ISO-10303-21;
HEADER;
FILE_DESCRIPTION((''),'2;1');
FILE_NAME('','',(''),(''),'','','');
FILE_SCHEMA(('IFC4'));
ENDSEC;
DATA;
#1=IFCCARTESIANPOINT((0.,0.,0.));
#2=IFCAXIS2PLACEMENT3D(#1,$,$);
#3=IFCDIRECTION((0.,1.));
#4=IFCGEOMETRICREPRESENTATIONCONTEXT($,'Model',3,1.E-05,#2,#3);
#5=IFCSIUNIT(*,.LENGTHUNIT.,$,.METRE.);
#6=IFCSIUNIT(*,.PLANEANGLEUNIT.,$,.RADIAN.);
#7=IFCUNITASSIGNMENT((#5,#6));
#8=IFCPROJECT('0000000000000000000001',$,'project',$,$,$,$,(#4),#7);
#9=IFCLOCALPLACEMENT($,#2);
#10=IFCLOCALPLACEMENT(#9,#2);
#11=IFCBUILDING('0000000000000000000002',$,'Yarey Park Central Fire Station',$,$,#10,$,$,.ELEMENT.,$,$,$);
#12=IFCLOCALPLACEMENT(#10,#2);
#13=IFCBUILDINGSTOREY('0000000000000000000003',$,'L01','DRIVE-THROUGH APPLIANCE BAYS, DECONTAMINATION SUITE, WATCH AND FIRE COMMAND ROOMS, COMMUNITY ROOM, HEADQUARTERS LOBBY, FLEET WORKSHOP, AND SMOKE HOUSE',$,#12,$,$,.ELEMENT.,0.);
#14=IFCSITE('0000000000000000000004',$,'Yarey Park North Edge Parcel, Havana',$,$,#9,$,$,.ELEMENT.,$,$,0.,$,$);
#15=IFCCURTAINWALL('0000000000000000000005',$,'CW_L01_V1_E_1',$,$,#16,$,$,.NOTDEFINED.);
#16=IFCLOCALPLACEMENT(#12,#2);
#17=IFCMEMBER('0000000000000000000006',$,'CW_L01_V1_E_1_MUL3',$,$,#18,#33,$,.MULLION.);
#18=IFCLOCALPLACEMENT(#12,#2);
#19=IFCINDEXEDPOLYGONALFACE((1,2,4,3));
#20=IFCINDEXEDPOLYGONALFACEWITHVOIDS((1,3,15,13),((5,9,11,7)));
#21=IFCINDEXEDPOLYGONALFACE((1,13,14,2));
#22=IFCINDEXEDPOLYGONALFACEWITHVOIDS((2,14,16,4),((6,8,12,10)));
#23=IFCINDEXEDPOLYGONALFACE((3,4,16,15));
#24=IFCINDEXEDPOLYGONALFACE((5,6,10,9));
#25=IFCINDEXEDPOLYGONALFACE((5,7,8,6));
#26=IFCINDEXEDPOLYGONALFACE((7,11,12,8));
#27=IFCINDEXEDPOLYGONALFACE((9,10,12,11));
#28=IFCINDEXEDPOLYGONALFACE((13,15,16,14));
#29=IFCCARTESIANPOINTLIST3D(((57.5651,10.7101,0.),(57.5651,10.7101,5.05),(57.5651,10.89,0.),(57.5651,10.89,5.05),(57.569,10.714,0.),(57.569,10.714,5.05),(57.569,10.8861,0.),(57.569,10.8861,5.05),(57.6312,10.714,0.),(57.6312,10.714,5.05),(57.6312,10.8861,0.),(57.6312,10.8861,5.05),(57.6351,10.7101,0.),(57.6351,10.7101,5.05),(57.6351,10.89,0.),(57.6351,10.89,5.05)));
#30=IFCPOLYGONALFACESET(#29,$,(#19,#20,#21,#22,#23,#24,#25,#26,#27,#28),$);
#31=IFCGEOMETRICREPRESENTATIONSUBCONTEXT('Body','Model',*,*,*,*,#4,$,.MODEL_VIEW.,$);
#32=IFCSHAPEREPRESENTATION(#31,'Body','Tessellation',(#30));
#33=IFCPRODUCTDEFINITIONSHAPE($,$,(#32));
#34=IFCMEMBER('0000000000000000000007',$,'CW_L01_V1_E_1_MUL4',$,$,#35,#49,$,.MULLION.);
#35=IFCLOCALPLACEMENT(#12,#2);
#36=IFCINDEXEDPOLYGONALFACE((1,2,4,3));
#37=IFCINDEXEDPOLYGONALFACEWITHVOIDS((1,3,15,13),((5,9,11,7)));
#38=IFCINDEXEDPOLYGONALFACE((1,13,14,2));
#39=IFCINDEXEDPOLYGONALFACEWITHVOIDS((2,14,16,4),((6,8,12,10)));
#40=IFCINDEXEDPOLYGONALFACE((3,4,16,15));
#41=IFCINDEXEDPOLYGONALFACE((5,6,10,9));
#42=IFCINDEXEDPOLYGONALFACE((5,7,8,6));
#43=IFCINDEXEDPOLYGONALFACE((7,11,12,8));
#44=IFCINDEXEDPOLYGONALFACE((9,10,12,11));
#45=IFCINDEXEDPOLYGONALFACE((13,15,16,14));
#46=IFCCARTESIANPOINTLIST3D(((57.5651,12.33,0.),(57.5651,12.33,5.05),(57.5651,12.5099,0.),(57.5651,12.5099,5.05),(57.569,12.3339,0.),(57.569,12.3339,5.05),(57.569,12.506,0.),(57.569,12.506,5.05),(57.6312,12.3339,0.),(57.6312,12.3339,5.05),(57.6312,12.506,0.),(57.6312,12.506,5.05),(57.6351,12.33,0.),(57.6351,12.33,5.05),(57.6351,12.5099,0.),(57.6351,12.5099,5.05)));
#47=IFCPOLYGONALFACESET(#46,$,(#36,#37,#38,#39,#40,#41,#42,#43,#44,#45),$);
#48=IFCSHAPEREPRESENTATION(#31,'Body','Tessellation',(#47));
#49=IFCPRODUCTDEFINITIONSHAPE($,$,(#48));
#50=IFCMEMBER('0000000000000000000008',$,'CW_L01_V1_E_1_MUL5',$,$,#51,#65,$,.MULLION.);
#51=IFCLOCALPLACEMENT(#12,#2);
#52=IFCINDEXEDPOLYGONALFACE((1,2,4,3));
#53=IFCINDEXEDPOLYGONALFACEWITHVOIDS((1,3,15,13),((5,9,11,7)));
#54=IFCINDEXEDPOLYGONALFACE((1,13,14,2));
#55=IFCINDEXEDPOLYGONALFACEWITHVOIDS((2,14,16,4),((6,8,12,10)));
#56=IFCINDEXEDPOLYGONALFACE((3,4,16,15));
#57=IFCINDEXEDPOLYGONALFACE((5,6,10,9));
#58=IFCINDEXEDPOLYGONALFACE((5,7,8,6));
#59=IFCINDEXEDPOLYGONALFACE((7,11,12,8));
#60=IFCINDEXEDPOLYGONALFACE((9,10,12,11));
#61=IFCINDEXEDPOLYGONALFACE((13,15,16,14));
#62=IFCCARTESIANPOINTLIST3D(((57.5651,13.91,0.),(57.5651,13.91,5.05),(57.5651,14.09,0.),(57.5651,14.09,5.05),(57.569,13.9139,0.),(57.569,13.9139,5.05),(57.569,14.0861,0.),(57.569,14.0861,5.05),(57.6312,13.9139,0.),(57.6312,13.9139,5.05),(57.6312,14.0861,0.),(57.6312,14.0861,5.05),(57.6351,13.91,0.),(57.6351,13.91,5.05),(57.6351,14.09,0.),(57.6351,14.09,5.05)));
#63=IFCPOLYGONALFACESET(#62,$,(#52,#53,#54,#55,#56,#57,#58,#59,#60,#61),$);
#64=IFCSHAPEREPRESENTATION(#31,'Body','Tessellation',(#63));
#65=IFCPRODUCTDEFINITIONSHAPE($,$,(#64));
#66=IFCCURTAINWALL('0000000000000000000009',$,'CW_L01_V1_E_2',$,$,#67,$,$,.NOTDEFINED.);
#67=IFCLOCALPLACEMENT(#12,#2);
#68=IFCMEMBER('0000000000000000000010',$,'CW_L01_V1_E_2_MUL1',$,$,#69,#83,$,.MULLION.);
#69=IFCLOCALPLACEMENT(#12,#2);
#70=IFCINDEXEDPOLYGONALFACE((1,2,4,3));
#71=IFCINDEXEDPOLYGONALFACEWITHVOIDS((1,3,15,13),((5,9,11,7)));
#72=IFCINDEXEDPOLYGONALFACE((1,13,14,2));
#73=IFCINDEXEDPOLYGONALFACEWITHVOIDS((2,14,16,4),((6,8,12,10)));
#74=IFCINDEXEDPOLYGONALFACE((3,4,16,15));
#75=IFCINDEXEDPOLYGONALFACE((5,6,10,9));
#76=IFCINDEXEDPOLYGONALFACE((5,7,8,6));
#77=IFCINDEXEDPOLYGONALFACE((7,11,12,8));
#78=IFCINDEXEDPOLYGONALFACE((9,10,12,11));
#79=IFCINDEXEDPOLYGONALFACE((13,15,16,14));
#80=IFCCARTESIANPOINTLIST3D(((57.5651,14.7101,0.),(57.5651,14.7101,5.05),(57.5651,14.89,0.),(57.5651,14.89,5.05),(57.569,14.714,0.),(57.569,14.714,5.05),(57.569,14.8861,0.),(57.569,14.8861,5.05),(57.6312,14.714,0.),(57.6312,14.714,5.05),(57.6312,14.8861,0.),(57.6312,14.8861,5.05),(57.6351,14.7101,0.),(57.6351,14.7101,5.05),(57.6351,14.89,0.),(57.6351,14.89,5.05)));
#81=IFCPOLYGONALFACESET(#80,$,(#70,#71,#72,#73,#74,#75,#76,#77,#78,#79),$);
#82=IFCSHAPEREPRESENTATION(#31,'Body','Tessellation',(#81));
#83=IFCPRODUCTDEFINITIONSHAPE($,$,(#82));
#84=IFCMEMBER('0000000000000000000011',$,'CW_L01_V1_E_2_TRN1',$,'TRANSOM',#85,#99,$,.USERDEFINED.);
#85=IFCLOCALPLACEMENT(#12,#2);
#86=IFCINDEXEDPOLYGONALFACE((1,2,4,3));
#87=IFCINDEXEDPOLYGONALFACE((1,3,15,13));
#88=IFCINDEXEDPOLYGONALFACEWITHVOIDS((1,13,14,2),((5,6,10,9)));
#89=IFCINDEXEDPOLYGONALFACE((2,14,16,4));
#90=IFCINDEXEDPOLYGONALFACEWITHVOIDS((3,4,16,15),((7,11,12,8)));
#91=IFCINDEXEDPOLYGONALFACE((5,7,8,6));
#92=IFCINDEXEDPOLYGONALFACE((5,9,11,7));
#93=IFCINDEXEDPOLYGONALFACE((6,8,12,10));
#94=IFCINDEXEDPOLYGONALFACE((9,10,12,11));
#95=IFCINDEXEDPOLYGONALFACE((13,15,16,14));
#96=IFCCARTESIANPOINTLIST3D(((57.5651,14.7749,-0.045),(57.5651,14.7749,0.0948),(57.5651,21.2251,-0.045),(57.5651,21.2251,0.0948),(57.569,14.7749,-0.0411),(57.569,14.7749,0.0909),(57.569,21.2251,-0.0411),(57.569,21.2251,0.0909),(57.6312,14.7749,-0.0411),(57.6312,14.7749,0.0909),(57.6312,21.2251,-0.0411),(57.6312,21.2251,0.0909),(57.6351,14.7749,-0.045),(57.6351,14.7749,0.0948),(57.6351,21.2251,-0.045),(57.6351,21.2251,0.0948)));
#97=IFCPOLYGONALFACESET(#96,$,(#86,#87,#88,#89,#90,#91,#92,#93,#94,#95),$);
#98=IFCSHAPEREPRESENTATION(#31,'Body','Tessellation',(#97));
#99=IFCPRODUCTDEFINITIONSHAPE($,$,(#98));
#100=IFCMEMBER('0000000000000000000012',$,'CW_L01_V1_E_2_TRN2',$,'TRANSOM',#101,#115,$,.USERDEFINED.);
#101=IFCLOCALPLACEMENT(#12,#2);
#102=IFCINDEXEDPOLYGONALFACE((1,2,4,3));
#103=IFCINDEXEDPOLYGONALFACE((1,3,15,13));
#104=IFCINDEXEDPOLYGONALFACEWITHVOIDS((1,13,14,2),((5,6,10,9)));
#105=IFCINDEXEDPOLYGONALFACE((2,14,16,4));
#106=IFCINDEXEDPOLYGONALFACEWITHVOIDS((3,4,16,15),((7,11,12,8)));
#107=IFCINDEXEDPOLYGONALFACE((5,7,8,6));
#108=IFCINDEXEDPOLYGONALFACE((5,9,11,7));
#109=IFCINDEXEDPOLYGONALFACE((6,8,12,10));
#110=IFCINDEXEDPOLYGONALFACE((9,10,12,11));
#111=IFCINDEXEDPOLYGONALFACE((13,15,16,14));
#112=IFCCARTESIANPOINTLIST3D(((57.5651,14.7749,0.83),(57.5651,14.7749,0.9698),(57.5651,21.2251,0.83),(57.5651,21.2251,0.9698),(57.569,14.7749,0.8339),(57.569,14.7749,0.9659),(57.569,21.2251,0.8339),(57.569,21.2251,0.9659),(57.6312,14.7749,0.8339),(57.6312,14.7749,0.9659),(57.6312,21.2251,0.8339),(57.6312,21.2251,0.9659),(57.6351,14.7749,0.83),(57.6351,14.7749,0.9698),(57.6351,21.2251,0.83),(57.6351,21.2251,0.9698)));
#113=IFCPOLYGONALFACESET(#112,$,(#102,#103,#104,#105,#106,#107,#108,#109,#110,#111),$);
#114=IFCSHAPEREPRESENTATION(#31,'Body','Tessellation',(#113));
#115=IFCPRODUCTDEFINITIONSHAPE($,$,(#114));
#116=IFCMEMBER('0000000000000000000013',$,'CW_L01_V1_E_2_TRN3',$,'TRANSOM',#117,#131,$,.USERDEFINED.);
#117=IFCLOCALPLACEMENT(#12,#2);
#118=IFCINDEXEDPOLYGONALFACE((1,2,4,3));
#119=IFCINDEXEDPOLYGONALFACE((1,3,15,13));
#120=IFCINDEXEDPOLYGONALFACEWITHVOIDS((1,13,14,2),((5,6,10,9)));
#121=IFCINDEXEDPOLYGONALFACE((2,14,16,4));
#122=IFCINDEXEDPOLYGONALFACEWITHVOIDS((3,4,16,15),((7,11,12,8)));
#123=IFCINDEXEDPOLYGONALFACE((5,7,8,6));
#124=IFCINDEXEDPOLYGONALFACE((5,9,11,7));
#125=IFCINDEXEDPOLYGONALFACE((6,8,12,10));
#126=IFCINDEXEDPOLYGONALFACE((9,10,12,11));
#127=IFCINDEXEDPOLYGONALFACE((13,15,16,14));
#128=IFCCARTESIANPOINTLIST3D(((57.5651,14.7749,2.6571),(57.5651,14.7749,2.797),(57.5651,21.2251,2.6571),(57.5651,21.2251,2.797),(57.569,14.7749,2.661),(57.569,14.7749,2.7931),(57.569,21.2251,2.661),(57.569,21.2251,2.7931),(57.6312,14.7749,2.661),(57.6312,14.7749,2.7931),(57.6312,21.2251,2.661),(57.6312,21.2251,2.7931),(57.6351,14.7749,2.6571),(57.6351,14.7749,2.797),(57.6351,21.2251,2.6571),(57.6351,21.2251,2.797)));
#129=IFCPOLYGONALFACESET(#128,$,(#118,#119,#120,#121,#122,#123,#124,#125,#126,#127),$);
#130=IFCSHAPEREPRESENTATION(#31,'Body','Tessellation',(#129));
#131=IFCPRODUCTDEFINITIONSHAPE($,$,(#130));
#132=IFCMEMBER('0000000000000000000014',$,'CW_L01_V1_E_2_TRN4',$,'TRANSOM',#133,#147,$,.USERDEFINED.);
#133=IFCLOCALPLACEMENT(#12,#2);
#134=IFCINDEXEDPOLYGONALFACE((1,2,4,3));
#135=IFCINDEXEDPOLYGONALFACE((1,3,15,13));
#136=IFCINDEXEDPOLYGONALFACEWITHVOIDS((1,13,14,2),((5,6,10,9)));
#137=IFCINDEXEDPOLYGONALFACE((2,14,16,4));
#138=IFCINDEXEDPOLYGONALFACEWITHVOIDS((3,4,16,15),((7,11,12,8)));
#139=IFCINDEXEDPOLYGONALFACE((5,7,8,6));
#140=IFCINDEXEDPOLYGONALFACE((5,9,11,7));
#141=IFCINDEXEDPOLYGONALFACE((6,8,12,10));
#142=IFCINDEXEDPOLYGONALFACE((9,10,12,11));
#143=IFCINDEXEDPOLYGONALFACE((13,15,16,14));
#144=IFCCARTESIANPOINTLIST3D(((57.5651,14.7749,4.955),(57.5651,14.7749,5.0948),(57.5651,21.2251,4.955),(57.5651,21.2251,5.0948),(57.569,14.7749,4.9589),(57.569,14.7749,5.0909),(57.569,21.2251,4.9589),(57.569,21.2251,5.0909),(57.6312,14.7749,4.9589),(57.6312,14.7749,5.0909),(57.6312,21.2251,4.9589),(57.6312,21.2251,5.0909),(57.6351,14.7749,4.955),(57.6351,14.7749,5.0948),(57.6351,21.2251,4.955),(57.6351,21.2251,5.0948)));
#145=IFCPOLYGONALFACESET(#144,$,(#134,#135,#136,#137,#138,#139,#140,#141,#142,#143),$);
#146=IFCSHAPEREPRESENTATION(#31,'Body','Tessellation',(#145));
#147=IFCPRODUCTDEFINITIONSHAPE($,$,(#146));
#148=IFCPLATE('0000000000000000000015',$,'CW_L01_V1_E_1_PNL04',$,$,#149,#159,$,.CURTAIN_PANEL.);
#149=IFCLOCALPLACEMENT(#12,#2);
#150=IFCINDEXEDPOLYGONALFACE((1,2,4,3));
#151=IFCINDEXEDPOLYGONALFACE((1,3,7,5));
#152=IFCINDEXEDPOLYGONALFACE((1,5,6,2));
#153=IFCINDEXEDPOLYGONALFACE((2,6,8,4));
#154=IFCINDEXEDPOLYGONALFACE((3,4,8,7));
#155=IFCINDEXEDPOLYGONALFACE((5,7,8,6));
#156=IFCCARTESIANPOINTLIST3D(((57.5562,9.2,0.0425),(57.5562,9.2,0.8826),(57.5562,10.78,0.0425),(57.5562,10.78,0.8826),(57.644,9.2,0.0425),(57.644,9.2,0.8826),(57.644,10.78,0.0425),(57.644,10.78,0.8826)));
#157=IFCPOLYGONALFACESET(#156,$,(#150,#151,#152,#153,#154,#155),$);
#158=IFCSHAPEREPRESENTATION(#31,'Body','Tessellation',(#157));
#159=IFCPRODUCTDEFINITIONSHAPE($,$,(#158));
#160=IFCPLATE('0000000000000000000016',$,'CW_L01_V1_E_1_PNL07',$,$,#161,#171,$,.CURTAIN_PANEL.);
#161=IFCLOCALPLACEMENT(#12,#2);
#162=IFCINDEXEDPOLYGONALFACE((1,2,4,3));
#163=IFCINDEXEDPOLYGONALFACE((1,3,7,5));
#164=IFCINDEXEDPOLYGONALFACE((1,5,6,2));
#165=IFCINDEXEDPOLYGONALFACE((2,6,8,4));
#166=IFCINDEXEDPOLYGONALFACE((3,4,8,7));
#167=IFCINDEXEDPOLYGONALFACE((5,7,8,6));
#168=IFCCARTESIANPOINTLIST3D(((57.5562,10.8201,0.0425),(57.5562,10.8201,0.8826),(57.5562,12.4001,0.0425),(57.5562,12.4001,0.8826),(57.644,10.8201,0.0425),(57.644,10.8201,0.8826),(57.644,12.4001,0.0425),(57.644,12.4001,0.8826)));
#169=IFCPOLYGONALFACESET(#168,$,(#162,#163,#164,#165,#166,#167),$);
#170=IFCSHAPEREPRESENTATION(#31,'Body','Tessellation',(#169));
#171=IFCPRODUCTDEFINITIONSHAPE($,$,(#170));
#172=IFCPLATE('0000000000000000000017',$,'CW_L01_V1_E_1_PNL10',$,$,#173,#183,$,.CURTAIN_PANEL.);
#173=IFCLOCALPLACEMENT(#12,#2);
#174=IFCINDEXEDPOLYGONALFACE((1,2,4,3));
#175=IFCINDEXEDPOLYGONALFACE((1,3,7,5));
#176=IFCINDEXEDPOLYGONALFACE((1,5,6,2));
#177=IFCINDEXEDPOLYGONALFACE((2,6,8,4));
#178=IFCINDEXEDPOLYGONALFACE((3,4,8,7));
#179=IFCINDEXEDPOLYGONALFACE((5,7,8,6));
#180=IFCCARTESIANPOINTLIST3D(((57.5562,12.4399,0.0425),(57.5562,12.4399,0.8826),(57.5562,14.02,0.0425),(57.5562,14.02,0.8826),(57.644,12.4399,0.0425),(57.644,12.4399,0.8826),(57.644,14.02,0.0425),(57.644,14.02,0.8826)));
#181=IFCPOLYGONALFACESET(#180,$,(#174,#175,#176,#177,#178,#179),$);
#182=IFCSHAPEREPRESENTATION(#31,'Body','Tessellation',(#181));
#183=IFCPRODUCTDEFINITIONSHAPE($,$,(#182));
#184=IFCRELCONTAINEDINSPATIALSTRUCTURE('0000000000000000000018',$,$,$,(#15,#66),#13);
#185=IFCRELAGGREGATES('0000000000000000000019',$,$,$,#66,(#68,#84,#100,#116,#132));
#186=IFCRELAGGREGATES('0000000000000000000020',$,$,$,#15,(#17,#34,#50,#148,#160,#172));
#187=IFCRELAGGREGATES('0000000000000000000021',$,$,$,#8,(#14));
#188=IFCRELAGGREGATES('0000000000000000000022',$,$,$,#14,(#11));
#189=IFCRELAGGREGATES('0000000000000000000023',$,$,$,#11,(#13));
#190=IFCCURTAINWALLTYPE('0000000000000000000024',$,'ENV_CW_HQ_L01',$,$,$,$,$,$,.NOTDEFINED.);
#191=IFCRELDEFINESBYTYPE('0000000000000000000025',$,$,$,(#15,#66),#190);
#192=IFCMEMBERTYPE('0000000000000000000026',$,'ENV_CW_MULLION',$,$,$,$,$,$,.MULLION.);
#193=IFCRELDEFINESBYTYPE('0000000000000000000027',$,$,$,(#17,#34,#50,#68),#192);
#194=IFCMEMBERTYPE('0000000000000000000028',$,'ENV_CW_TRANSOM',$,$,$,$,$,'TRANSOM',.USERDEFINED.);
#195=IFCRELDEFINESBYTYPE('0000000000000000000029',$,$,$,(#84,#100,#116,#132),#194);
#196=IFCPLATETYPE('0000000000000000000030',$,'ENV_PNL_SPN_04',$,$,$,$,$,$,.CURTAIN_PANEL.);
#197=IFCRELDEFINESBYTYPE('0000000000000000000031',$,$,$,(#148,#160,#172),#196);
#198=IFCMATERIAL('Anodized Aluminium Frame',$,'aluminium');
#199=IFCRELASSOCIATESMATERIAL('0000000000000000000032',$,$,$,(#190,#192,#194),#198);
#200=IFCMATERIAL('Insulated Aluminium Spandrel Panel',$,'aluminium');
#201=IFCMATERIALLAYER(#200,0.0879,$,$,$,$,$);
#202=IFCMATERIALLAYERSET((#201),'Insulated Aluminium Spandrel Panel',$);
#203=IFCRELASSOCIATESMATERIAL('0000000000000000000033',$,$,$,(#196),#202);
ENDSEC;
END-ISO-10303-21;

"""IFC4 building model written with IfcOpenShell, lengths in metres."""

from ifc_helpers import new_model, si_unit, direction, frame, origin, origin_2d, place, context, subcontext, project, spatial, rectangle, hollow_rectangle, extrude, material, layer, layer_set, material_profile, profile_set, type_object, element, aggregate, save


model = new_model("IFC4")

# Units and contexts
model_context = context("Model", 3, precision=1e-05, world=origin(), true_north=direction((0.0, 1.0)))
body_context = subcontext(model_context, "Body", "Model", "MODEL_VIEW")
ifc_project = project(units=[si_unit("LENGTHUNIT", "METRE"), si_unit("PLANEANGLEUNIT", "RADIAN")], contexts=[model_context])

# Site, building, storey
site_placement = place(None, origin())
site = spatial("IfcSite", under=ifc_project, at=site_placement, Name="Yarey Park North Edge Parcel, Havana", CompositionType="ELEMENT", RefElevation=0.0)
building_placement = place(site_placement, origin())
building = spatial("IfcBuilding", under=site, at=building_placement, Name="Yarey Park Central Fire Station", CompositionType="ELEMENT")
storey_placement = place(building_placement, origin())
storey = spatial("IfcBuildingStorey", under=building, at=storey_placement, Name="L01", Description="DRIVE-THROUGH APPLIANCE BAYS, DECONTAMINATION SUITE, WATCH AND FIRE COMMAND ROOMS, COMMUNITY ROOM, HEADQUARTERS LOBBY, FLEET WORKSHOP, AND SMOKE HOUSE", CompositionType="ELEMENT", Elevation=0.0)

# Curtain walls, members
ifc_material_1 = material(Name="Anodized Aluminium Frame", Category="aluminium")
curtain_wall_type = type_object("IfcCurtainWallType", Name="ENV_CW_HQ_L01", PredefinedType="NOTDEFINED", material=ifc_material_1)
curtain_wall_1_placement = place(storey_placement, origin())
curtain_wall_1 = element("IfcCurtainWall", 1, at=curtain_wall_1_placement, inside=storey, type_object=curtain_wall_type, Name="CW_L01_V1_E_1", PredefinedType="NOTDEFINED")
ifc_material_profile_1 = material_profile(ifc_material_1, hollow_rectangle(XDim=0.0701, YDim=0.1799, WallThickness=0.0039, at=origin_2d()), Name="ALU 180x70x4")
ifc_profile_set_1 = profile_set([ifc_material_profile_1], Name="Anodized Aluminium Frame")
member_type_1 = type_object("IfcMemberType", Name="ENV_CW_MULLION", PredefinedType="MULLION", material=ifc_profile_set_1)
member_1_placement = place(storey_placement, frame((57.6001, 10.8, 0.0), z_axis=(0.0, 0.0, 1.0), x_axis=(1.0, 0.0, 0.0)))
member_1 = element("IfcMember", 2, at=member_1_placement, type_object=member_type_1, Name="CW_L01_V1_E_1_MUL3", PredefinedType="MULLION", context=body_context, shape_type="SweptSolid", body=[
    extrude(hollow_rectangle(XDim=0.0701, YDim=0.1799, WallThickness=0.0039, at=origin_2d()), origin(), (0.0, 0.0, 1.0), 5.05),
])
member_2_placement = place(storey_placement, frame((57.6001, 12.4199, 0.0), z_axis=(0.0, 0.0, 1.0), x_axis=(1.0, 0.0, 0.0)))
member_2 = element("IfcMember", 3, at=member_2_placement, type_object=member_type_1, Name="CW_L01_V1_E_1_MUL4", PredefinedType="MULLION", context=body_context, shape_type="SweptSolid", body=[
    extrude(hollow_rectangle(XDim=0.0701, YDim=0.1799, WallThickness=0.0039, at=origin_2d()), origin(), (0.0, 0.0, 1.0), 5.05),
])
member_3_placement = place(storey_placement, frame((57.6001, 14.0, 0.0), z_axis=(0.0, 0.0, 1.0), x_axis=(1.0, 0.0, 0.0)))
member_3 = element("IfcMember", 4, at=member_3_placement, type_object=member_type_1, Name="CW_L01_V1_E_1_MUL5", PredefinedType="MULLION", context=body_context, shape_type="SweptSolid", body=[
    extrude(hollow_rectangle(XDim=0.0701, YDim=0.1799, WallThickness=0.0039, at=origin_2d()), origin(), (0.0, 0.0, 1.0), 5.05),
])
curtain_wall_2_placement = place(storey_placement, origin())
curtain_wall_2 = element("IfcCurtainWall", 5, at=curtain_wall_2_placement, inside=storey, type_object=curtain_wall_type, Name="CW_L01_V1_E_2", PredefinedType="NOTDEFINED")
member_4_placement = place(storey_placement, frame((57.6001, 14.8, 0.0), z_axis=(0.0, 0.0, 1.0), x_axis=(1.0, 0.0, 0.0)))
member_4 = element("IfcMember", 6, at=member_4_placement, type_object=member_type_1, Name="CW_L01_V1_E_2_MUL1", PredefinedType="MULLION", context=body_context, shape_type="SweptSolid", body=[
    extrude(hollow_rectangle(XDim=0.0701, YDim=0.1799, WallThickness=0.0039, at=origin_2d()), origin(), (0.0, 0.0, 1.0), 5.05),
])
ifc_material_profile_2 = material_profile(ifc_material_1, hollow_rectangle(XDim=0.0701, YDim=0.1399, WallThickness=0.0039, at=origin_2d()), Name="ALU 140x70x4")
ifc_profile_set_2 = profile_set([ifc_material_profile_2], Name="Anodized Aluminium Frame")
member_type_2 = type_object("IfcMemberType", Name="ENV_CW_TRANSOM", ElementType="TRANSOM", PredefinedType="USERDEFINED", material=ifc_profile_set_2)
member_5_placement = place(storey_placement, frame((57.6001, 14.7749, 0.0249), z_axis=(0.0, 1.0, 0.0), x_axis=(-1.0, 0.0, 0.0)))
member_5 = element("IfcMember", 7, at=member_5_placement, type_object=member_type_2, Name="CW_L01_V1_E_2_TRN1", ObjectType="TRANSOM", PredefinedType="USERDEFINED", context=body_context, shape_type="SweptSolid", body=[
    extrude(hollow_rectangle(XDim=0.0701, YDim=0.1399, WallThickness=0.0039, at=origin_2d()), origin(), (0.0, 0.0, 1.0), 6.4502),
])
member_6_placement = place(storey_placement, frame((57.6001, 14.7749, 0.8999), z_axis=(0.0, 1.0, 0.0), x_axis=(-1.0, 0.0, 0.0)))
member_6 = element("IfcMember", 8, at=member_6_placement, type_object=member_type_2, Name="CW_L01_V1_E_2_TRN2", ObjectType="TRANSOM", PredefinedType="USERDEFINED", context=body_context, shape_type="SweptSolid", body=[
    extrude(hollow_rectangle(XDim=0.0701, YDim=0.1399, WallThickness=0.0039, at=origin_2d()), origin(), (0.0, 0.0, 1.0), 6.4502),
])
member_7_placement = place(storey_placement, frame((57.6001, 14.7749, 2.7271), z_axis=(0.0, 1.0, 0.0), x_axis=(-1.0, 0.0, 0.0)))
member_7 = element("IfcMember", 9, at=member_7_placement, type_object=member_type_2, Name="CW_L01_V1_E_2_TRN3", ObjectType="TRANSOM", PredefinedType="USERDEFINED", context=body_context, shape_type="SweptSolid", body=[
    extrude(hollow_rectangle(XDim=0.0701, YDim=0.1399, WallThickness=0.0039, at=origin_2d()), origin(), (0.0, 0.0, 1.0), 6.4502),
])
member_8_placement = place(storey_placement, frame((57.6001, 14.7749, 5.0249), z_axis=(0.0, 1.0, 0.0), x_axis=(-1.0, 0.0, 0.0)))
member_8 = element("IfcMember", 10, at=member_8_placement, type_object=member_type_2, Name="CW_L01_V1_E_2_TRN4", ObjectType="TRANSOM", PredefinedType="USERDEFINED", context=body_context, shape_type="SweptSolid", body=[
    extrude(hollow_rectangle(XDim=0.0701, YDim=0.1399, WallThickness=0.0039, at=origin_2d()), origin(), (0.0, 0.0, 1.0), 6.4502),
])
aggregate(curtain_wall_2, [member_4, member_5, member_6, member_7, member_8])

# Plates
ifc_material_2 = material(Name="Insulated Aluminium Spandrel Panel", Category="aluminium")
ifc_layer_1 = layer(ifc_material_2, 0.0879)
ifc_layer_set_1 = layer_set([ifc_layer_1], Name="Insulated Aluminium Spandrel Panel")
plate_type_1 = type_object("IfcPlateType", Name="ENV_PNL_SPN_04", PredefinedType="CURTAIN_PANEL", material=ifc_layer_set_1)
plate_1_placement = place(storey_placement, frame((57.6001, 9.99, 0.0425), z_axis=(0.0, 0.0, 1.0), x_axis=(0.0, 1.0, 0.0)))
plate_1 = element("IfcPlate", 11, at=plate_1_placement, type_object=plate_type_1, Name="CW_L01_V1_E_1_PNL04", PredefinedType="CURTAIN_PANEL", context=body_context, shape_type="SweptSolid", body=[
    extrude(rectangle(XDim=1.5801, YDim=0.0879, at=origin_2d()), origin(), (0.0, 0.0, 1.0), 0.8401),
])
plate_2_placement = place(storey_placement, frame((57.6001, 11.6101, 0.0425), z_axis=(0.0, 0.0, 1.0), x_axis=(0.0, 1.0, 0.0)))
plate_2 = element("IfcPlate", 12, at=plate_2_placement, type_object=plate_type_1, Name="CW_L01_V1_E_1_PNL07", PredefinedType="CURTAIN_PANEL", context=body_context, shape_type="SweptSolid", body=[
    extrude(rectangle(XDim=1.5801, YDim=0.0879, at=origin_2d()), origin(), (0.0, 0.0, 1.0), 0.8401),
])
plate_3_placement = place(storey_placement, frame((57.6001, 13.23, 0.0425), z_axis=(0.0, 0.0, 1.0), x_axis=(0.0, 1.0, 0.0)))
plate_3 = element("IfcPlate", 13, at=plate_3_placement, type_object=plate_type_1, Name="CW_L01_V1_E_1_PNL10", PredefinedType="CURTAIN_PANEL", context=body_context, shape_type="SweptSolid", body=[
    extrude(rectangle(XDim=1.5801, YDim=0.0879, at=origin_2d()), origin(), (0.0, 0.0, 1.0), 0.8401),
])
aggregate(curtain_wall_1, [member_1, member_2, member_3, plate_1, plate_2, plate_3])

save(model, "model.ifc")
